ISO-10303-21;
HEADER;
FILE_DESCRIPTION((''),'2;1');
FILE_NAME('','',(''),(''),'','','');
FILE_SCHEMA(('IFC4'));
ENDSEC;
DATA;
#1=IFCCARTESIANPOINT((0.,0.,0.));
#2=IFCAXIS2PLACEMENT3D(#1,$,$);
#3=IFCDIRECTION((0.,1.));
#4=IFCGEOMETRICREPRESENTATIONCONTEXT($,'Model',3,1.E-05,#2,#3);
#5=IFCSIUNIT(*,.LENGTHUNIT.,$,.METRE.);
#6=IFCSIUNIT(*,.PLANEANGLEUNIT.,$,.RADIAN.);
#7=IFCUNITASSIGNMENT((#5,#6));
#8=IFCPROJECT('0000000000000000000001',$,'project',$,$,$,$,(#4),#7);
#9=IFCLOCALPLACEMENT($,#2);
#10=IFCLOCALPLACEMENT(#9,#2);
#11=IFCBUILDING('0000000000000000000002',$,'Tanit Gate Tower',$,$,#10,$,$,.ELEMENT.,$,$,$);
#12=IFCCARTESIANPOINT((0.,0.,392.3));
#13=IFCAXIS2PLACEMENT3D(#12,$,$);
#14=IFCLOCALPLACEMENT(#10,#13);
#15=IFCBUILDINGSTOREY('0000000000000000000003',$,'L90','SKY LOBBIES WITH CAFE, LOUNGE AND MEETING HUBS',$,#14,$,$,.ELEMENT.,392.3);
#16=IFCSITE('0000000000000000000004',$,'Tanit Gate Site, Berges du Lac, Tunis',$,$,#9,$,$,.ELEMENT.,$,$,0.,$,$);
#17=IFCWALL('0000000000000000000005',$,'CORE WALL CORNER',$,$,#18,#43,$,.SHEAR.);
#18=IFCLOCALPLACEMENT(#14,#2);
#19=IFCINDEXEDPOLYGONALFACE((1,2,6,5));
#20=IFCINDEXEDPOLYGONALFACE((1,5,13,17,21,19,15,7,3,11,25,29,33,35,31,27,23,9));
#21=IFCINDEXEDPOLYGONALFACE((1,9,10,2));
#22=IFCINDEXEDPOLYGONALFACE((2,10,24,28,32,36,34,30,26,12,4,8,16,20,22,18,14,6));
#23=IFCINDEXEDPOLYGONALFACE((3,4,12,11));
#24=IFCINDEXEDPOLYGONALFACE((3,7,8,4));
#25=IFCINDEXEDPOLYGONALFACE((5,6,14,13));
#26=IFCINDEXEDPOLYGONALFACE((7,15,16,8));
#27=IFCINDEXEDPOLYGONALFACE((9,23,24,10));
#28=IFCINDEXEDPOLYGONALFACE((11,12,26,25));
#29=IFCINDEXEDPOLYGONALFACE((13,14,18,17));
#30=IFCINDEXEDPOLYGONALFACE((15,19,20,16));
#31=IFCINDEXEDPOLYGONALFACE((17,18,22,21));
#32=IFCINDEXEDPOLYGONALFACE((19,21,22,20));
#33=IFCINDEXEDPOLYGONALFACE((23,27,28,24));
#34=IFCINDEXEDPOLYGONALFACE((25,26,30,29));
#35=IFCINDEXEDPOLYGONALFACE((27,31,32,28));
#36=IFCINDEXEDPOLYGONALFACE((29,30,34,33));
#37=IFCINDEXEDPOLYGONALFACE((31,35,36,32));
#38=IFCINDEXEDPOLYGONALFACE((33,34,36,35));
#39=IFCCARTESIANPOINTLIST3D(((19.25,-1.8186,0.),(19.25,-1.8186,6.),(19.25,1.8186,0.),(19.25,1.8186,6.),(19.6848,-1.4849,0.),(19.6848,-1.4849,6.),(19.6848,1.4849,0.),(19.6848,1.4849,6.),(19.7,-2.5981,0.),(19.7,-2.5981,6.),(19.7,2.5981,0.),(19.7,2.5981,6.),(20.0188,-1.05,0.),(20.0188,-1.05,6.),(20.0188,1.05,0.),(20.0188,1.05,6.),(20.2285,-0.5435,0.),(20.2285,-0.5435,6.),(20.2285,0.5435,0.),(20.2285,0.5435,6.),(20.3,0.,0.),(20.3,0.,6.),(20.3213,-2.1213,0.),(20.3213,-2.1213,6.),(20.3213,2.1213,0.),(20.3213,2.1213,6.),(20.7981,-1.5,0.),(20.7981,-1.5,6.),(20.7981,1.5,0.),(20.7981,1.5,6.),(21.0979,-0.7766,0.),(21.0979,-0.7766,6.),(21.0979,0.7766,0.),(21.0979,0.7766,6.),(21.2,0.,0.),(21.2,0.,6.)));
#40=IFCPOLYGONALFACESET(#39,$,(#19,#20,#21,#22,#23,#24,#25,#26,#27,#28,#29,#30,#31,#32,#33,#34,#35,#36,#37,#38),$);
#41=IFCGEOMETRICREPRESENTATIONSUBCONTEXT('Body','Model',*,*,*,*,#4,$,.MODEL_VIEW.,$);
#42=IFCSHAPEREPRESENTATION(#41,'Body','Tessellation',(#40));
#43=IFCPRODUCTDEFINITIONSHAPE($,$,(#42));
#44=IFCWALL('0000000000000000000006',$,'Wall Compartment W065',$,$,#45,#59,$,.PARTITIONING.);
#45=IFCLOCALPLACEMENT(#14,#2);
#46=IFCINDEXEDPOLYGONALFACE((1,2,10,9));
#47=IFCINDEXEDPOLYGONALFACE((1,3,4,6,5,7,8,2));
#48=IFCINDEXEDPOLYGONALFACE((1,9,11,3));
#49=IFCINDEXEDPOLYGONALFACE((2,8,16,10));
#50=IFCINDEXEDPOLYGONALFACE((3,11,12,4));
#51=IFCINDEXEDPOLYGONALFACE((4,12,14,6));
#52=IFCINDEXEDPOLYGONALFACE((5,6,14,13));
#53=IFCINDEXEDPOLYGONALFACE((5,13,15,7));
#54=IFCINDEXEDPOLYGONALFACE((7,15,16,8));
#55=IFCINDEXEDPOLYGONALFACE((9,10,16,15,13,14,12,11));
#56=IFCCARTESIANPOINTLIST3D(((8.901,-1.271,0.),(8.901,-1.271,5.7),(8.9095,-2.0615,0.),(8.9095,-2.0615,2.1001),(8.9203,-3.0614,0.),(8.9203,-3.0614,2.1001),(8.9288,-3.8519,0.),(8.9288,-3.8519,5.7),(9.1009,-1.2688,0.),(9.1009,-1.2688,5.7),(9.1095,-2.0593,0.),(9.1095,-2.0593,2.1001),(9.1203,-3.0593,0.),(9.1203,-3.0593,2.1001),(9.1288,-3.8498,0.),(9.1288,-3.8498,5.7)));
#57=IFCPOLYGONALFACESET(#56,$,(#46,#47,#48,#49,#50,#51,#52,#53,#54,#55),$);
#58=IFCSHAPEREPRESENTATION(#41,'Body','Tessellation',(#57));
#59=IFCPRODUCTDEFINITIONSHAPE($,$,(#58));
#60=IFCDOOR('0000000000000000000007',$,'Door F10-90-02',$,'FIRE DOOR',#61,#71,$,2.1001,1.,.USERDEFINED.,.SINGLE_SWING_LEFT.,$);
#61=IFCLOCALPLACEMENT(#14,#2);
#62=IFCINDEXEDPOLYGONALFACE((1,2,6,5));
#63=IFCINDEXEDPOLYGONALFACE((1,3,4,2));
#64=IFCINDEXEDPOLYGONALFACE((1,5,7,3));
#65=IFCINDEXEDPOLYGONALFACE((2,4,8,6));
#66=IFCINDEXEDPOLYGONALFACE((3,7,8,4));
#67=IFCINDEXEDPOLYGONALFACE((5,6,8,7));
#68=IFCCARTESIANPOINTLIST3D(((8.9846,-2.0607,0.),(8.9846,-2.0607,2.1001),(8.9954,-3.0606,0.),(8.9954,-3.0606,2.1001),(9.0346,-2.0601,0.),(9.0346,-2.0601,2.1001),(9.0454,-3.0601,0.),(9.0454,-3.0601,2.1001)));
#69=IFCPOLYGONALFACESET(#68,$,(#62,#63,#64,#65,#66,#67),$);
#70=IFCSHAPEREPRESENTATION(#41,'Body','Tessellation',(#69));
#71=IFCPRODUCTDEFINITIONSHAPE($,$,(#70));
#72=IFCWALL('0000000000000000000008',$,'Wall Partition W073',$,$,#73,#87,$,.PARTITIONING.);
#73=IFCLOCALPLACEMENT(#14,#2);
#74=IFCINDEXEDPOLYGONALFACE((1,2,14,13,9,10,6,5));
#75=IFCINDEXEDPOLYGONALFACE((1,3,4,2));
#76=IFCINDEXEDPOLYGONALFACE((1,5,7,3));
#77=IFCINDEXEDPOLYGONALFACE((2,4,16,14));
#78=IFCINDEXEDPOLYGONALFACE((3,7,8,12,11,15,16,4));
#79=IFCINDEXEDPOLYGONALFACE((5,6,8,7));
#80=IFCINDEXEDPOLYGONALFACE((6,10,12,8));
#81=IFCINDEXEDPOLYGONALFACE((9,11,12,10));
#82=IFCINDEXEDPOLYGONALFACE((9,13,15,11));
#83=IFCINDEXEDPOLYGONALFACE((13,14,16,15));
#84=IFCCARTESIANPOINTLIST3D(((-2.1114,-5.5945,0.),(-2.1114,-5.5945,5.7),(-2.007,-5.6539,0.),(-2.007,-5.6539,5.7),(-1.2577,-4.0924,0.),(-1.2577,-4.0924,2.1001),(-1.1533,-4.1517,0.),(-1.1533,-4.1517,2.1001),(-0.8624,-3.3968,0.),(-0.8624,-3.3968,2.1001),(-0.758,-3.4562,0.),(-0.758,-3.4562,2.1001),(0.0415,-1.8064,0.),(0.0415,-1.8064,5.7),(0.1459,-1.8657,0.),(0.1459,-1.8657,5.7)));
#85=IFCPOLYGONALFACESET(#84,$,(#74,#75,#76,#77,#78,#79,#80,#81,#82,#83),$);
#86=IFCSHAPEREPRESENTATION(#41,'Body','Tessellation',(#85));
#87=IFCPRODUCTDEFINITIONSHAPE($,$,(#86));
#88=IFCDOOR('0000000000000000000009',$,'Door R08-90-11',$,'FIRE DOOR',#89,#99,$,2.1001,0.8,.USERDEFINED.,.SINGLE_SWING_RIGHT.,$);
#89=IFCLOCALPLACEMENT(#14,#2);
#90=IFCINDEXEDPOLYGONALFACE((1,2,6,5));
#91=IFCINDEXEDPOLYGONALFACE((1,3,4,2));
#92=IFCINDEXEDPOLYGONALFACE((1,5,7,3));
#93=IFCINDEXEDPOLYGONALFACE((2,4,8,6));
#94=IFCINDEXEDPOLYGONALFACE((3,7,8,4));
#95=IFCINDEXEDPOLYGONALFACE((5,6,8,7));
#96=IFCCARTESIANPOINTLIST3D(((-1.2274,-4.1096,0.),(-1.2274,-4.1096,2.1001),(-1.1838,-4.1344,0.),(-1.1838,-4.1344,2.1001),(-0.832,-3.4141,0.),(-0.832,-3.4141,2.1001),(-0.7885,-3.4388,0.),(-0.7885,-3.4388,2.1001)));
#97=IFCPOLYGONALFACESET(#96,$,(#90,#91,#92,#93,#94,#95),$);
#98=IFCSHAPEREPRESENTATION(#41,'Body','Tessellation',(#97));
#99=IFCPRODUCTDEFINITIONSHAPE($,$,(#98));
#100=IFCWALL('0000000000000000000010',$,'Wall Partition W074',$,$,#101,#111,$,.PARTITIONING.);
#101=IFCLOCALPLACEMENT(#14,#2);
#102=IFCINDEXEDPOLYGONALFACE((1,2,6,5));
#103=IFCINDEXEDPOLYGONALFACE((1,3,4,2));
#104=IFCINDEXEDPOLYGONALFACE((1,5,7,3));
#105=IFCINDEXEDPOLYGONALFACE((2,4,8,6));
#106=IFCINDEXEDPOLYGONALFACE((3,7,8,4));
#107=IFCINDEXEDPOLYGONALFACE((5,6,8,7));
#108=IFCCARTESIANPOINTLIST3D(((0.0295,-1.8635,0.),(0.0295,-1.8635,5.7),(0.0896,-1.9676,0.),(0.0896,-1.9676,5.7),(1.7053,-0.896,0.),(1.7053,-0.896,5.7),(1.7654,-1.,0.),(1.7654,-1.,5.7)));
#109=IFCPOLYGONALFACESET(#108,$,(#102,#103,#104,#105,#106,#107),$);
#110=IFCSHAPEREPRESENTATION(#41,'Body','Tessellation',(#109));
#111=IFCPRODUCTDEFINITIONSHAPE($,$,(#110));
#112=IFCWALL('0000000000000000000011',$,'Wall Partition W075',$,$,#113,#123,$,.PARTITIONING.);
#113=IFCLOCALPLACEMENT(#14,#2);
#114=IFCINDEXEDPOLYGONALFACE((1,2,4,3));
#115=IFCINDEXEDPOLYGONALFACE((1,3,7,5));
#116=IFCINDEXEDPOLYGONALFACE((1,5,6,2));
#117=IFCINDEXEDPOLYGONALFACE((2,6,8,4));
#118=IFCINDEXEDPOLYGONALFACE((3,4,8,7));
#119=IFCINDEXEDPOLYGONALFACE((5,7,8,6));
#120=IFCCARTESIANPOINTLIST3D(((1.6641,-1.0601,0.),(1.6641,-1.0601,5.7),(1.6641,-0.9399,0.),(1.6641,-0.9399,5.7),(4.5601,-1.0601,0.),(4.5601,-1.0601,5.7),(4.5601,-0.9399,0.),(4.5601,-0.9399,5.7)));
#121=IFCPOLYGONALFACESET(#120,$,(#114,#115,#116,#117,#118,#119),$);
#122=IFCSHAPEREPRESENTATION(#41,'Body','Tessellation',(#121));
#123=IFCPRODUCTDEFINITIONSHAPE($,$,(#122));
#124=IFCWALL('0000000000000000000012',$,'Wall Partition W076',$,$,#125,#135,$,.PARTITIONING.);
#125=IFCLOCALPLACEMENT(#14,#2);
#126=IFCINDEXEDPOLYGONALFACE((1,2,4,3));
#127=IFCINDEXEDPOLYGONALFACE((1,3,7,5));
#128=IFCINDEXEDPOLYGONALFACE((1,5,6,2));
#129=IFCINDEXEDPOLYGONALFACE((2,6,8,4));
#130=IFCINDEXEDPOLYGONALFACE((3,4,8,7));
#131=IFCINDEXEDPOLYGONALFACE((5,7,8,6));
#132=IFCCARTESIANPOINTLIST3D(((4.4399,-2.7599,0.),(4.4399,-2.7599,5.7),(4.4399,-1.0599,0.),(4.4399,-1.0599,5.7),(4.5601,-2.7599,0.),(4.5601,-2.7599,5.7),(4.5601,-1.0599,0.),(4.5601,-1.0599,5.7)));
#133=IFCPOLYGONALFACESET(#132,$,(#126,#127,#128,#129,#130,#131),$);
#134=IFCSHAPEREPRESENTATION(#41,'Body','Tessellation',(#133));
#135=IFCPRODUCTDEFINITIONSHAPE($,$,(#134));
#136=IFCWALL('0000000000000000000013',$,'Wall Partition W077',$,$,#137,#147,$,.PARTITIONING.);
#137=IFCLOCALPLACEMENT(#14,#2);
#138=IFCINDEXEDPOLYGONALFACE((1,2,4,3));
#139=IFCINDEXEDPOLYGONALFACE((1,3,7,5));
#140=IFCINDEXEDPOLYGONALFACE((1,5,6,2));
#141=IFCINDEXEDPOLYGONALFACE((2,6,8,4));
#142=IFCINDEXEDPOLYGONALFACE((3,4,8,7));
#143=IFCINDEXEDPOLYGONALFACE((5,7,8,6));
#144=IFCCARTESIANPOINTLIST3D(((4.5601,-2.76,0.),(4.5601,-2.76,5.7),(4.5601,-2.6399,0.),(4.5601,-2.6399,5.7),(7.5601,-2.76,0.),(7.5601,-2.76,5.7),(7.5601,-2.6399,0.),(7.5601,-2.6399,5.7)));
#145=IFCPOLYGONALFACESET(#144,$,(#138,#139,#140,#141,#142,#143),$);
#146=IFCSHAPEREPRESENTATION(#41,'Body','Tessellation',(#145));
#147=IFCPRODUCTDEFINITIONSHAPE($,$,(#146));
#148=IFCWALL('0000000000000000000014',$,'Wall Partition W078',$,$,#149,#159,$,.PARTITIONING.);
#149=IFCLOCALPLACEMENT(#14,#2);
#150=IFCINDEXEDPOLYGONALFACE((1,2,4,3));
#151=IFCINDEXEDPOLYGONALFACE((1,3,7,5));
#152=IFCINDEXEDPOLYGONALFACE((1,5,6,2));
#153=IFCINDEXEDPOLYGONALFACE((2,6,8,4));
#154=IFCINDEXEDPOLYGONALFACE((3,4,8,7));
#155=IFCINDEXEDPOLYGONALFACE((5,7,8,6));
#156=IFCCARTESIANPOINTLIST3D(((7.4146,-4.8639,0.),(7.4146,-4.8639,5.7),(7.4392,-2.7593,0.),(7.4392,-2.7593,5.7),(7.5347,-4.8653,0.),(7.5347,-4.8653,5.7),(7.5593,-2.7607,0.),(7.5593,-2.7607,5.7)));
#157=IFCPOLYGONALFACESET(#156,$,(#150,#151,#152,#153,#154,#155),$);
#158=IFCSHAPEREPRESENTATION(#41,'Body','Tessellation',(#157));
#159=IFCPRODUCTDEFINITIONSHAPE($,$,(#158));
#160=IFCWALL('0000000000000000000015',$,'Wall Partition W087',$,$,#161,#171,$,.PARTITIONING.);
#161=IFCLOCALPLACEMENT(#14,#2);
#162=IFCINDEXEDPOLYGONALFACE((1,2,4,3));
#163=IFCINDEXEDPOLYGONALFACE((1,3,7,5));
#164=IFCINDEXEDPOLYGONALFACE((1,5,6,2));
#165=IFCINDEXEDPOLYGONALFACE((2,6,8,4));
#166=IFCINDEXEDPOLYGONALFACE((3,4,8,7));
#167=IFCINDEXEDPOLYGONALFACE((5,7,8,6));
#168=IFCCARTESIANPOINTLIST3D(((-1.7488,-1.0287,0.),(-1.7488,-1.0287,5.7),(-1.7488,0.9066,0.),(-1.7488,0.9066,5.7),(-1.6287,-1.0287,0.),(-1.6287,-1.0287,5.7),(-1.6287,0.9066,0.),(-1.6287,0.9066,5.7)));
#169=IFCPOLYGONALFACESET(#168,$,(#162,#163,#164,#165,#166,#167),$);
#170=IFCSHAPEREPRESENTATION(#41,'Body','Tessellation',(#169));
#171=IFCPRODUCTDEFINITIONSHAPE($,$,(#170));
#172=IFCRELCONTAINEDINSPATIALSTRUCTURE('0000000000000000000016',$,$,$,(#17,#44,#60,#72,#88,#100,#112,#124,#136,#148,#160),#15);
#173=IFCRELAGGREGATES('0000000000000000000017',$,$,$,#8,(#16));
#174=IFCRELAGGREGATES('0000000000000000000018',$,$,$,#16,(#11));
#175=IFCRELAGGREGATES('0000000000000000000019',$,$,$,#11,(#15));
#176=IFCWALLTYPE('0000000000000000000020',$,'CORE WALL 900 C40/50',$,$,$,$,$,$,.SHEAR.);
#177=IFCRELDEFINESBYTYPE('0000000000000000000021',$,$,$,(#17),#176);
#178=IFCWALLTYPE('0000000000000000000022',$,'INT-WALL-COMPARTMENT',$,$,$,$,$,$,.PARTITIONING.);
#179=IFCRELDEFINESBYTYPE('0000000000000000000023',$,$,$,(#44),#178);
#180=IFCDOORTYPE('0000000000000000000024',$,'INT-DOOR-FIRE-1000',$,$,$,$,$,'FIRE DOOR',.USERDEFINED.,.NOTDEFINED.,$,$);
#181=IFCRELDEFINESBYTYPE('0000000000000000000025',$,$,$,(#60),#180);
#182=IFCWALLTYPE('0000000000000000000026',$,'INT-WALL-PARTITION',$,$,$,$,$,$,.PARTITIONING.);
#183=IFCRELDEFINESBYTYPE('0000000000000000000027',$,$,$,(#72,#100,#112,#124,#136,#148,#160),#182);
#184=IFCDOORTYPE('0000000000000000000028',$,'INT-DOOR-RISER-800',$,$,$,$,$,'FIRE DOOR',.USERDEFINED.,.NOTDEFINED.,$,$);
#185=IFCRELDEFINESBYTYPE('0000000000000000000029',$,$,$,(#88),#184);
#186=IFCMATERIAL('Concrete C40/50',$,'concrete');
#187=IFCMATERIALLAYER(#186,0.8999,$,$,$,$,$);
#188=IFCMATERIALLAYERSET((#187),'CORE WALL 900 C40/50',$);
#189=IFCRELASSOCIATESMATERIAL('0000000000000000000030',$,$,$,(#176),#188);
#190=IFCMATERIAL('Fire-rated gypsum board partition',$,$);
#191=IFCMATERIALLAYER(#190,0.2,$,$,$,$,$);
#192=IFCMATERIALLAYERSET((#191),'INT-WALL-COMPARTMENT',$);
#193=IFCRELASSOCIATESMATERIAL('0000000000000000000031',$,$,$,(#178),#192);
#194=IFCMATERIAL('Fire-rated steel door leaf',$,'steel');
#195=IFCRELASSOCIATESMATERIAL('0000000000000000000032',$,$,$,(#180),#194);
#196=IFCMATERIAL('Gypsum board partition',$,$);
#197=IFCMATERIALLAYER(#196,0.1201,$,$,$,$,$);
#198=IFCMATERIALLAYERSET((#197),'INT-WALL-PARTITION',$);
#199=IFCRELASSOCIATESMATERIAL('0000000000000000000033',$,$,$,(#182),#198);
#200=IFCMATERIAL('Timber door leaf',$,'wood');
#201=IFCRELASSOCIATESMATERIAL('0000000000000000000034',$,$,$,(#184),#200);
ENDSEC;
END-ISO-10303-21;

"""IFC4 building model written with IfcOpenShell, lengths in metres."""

from ifc_helpers import new_model, si_unit, direction, frame, frame_2d, origin, place, context, subcontext, project, spatial, polyline, rectangle, outline, extrude, material, layer, layer_set, type_object, element, fill, save


model = new_model("IFC4")

# Units and contexts
model_context = context("Model", 3, precision=1e-05, world=origin(), true_north=direction((0.0, 1.0)))
body_context = subcontext(model_context, "Body", "Model", "MODEL_VIEW")
ifc_project = project(units=[si_unit("LENGTHUNIT", "METRE"), si_unit("PLANEANGLEUNIT", "RADIAN")], contexts=[model_context])

# Site, building, storey
site_placement = place(None, origin())
site = spatial("IfcSite", under=ifc_project, at=site_placement, Name="Tanit Gate Site, Berges du Lac, Tunis", CompositionType="ELEMENT", RefElevation=0.0)
building_placement = place(site_placement, origin())
building = spatial("IfcBuilding", under=site, at=building_placement, Name="Tanit Gate Tower", CompositionType="ELEMENT")
storey_placement = place(building_placement, frame((0.0, 0.0, 392.3)))
storey = spatial("IfcBuildingStorey", under=building, at=storey_placement, Name="L90", Description="SKY LOBBIES WITH CAFE, LOUNGE AND MEETING HUBS", CompositionType="ELEMENT", Elevation=392.3)

# Wall
ifc_material_1 = material(Name="Concrete C40/50", Category="concrete")
ifc_layer_1 = layer(ifc_material_1, 0.8999)
ifc_layer_set_1 = layer_set([ifc_layer_1], Name="CORE WALL 900 C40/50")
wall_type_1 = type_object("IfcWallType", Name="CORE WALL 900 C40/50", PredefinedType="SHEAR", material=ifc_layer_set_1)
wall_1_placement = place(storey_placement, origin())
element("IfcWall", 1, at=wall_1_placement, inside=storey, type_object=wall_type_1, Name="CORE WALL CORNER", PredefinedType="SHEAR", context=body_context, shape_type="SweptSolid", body=[
    extrude(outline(polyline([(19.7, -2.5981), (20.3213, -2.1213), (20.7981, -1.5), (21.0979, -0.7766), (21.2, 0.0), (21.0979, 0.7766), (20.7981, 1.5), (20.3213, 2.1213), (19.7, 2.5981), (19.25, 1.8186), (19.6848, 1.4849), (20.0188, 1.05), (20.2285, 0.5435), (20.3, 0.0), (20.2285, -0.5435), (20.0188, -1.05), (19.6848, -1.4849), (19.25, -1.8186), (19.7, -2.5981)])), origin(), (0.0, 0.0, 1.0), 6.0),
])

# Walls, openings, doors
ifc_material_2 = material(Name="Fire-rated gypsum board partition")
ifc_layer_2 = layer(ifc_material_2, 0.2)
ifc_layer_set_2 = layer_set([ifc_layer_2], Name="INT-WALL-COMPARTMENT")
wall_type_2 = type_object("IfcWallType", Name="INT-WALL-COMPARTMENT", PredefinedType="PARTITIONING", material=ifc_layer_set_2)
wall_2_placement = place(storey_placement, frame((9.0288, -3.8508, 0.0), z_axis=(0.0, 0.0, 1.0), x_axis=(-0.010784, 0.999942, 0.0)))
wall_2 = element("IfcWall", 2, at=wall_2_placement, inside=storey, type_object=wall_type_2, Name="Wall Compartment W065", PredefinedType="PARTITIONING", context=body_context, shape_type="SweptSolid", body=[
    extrude(rectangle(XDim=2.5811, YDim=0.2, at=frame_2d((1.2905, 0.0))), origin(), (0.0, 0.0, 1.0), 5.7),
])
opening_1_placement = place(wall_2_placement, frame((0.7905, 0.0, 0.0)))
opening_1 = element("IfcOpeningElement", 3, at=opening_1_placement, cuts=wall_2, PredefinedType="OPENING", context=body_context, shape_type="SweptSolid", body=[
    extrude(rectangle(XDim=1.0, YDim=2.1001, at=frame_2d((0.5, 1.05))), frame((0.0, 0.1099, 0.0), z_axis=(0.0, -1.0, 0.0), x_axis=(1.0, 0.0, 0.0)), (0.0, 0.0, 1.0), 0.22),
])
ifc_material_3 = material(Name="Fire-rated steel door leaf", Category="steel")
door_type_1 = type_object("IfcDoorType", Name="INT-DOOR-FIRE-1000", ElementType="FIRE DOOR", OperationType="NOTDEFINED", PredefinedType="USERDEFINED", material=ifc_material_3)
door_1_placement = place(opening_1_placement, origin())
door_1 = element("IfcDoor", 4, at=door_1_placement, inside=storey, type_object=door_type_1, Name="Door F10-90-02", ObjectType="FIRE DOOR", OperationType="SINGLE_SWING_LEFT", OverallHeight=2.1001, OverallWidth=1.0, PredefinedType="USERDEFINED", context=body_context, shape_type="SweptSolid", body=[
    extrude(rectangle(XDim=1.0, YDim=2.1001, at=frame_2d((0.5, 1.05))), frame((0.0, 0.0249, 0.0), z_axis=(0.0, -1.0, 0.0), x_axis=(1.0, 0.0, 0.0)), (0.0, 0.0, 1.0), 0.05),
])
fill(opening_1, door_1)
ifc_material_4 = material(Name="Gypsum board partition")
ifc_layer_3 = layer(ifc_material_4, 0.1201)
ifc_layer_set_3 = layer_set([ifc_layer_3], Name="INT-WALL-PARTITION")
wall_type_3 = type_object("IfcWallType", Name="INT-WALL-PARTITION", PredefinedType="PARTITIONING", material=ifc_layer_set_3)
wall_3_placement = place(storey_placement, frame((0.0938, -1.8359, 0.0), z_axis=(0.0, 0.0, 1.0), x_axis=(-0.494098, -0.869406, 0.0)))
wall_3 = element("IfcWall", 5, at=wall_3_placement, inside=storey, type_object=wall_type_3, Name="Wall Partition W073", PredefinedType="PARTITIONING", context=body_context, shape_type="SweptSolid", body=[
    extrude(rectangle(XDim=4.3572, YDim=0.1201, at=frame_2d((2.1787, 0.0))), origin(), (0.0, 0.0, 1.0), 5.7),
])
opening_2_placement = place(wall_3_placement, frame((1.8296, 0.0, 0.0)))
opening_2 = element("IfcOpeningElement", 6, at=opening_2_placement, cuts=wall_3, PredefinedType="OPENING", context=body_context, shape_type="SweptSolid", body=[
    extrude(rectangle(XDim=0.8, YDim=2.1001, at=frame_2d((0.3999, 1.05))), frame((0.0, 0.0701, 0.0), z_axis=(0.0, -1.0, 0.0), x_axis=(1.0, 0.0, 0.0)), (0.0, 0.0, 1.0), 0.1401),
])
ifc_material_5 = material(Name="Timber door leaf", Category="wood")
door_type_2 = type_object("IfcDoorType", Name="INT-DOOR-RISER-800", ElementType="FIRE DOOR", OperationType="NOTDEFINED", PredefinedType="USERDEFINED", material=ifc_material_5)
door_2_placement = place(opening_2_placement, origin())
door_2 = element("IfcDoor", 7, at=door_2_placement, inside=storey, type_object=door_type_2, Name="Door R08-90-11", ObjectType="FIRE DOOR", OperationType="SINGLE_SWING_RIGHT", OverallHeight=2.1001, OverallWidth=0.8, PredefinedType="USERDEFINED", context=body_context, shape_type="SweptSolid", body=[
    extrude(rectangle(XDim=0.8, YDim=2.1001, at=frame_2d((0.3999, 1.05))), frame((0.0, 0.0249, 0.0), z_axis=(0.0, -1.0, 0.0), x_axis=(1.0, 0.0, 0.0)), (0.0, 0.0, 1.0), 0.05),
])
fill(opening_2, door_2)

# Walls
wall_4_placement = place(storey_placement, frame((1.7354, -0.948, 0.0), z_axis=(0.0, 0.0, 1.0), x_axis=(-0.866022, -0.500006, 0.0)))
element("IfcWall", 8, at=wall_4_placement, inside=storey, type_object=wall_type_3, Name="Wall Partition W074", PredefinedType="PARTITIONING", context=body_context, shape_type="SweptSolid", body=[
    extrude(rectangle(XDim=1.9351, YDim=0.1201, at=frame_2d((0.9675, 0.0))), origin(), (0.0, 0.0, 1.0), 5.7),
])
wall_5_placement = place(storey_placement, frame((4.5601, -1.0, 0.0), z_axis=(0.0, 0.0, 1.0), x_axis=(-1.0, 0.0, 0.0)))
element("IfcWall", 9, at=wall_5_placement, inside=storey, type_object=wall_type_3, Name="Wall Partition W075", PredefinedType="PARTITIONING", context=body_context, shape_type="SweptSolid", body=[
    extrude(rectangle(XDim=2.896, YDim=0.1201, at=frame_2d((1.448, 0.0))), origin(), (0.0, 0.0, 1.0), 5.7),
])
wall_6_placement = place(storey_placement, frame((4.5, -2.76, 0.0), z_axis=(0.0, 0.0, 1.0), x_axis=(0.0, 1.0, 0.0)))
element("IfcWall", 10, at=wall_6_placement, inside=storey, type_object=wall_type_3, Name="Wall Partition W076", PredefinedType="PARTITIONING", context=body_context, shape_type="SweptSolid", body=[
    extrude(rectangle(XDim=1.7, YDim=0.1201, at=frame_2d((0.8501, 0.0))), origin(), (0.0, 0.0, 1.0), 5.7),
])
wall_7_placement = place(storey_placement, frame((7.5601, -2.7, 0.0), z_axis=(0.0, 0.0, 1.0), x_axis=(-1.0, 0.0, 0.0)))
element("IfcWall", 11, at=wall_7_placement, inside=storey, type_object=wall_type_3, Name="Wall Partition W077", PredefinedType="PARTITIONING", context=body_context, shape_type="SweptSolid", body=[
    extrude(rectangle(XDim=3.0, YDim=0.1201, at=frame_2d((1.5, 0.0))), origin(), (0.0, 0.0, 1.0), 5.7),
])
wall_8_placement = place(storey_placement, frame((7.4746, -4.8645, 0.0), z_axis=(0.0, 0.0, 1.0), x_axis=(0.011716, 0.999931, 0.0)))
element("IfcWall", 12, at=wall_8_placement, inside=storey, type_object=wall_type_3, Name="Wall Partition W078", PredefinedType="PARTITIONING", context=body_context, shape_type="SweptSolid", body=[
    extrude(rectangle(XDim=2.1047, YDim=0.1201, at=frame_2d((1.0522, 0.0))), origin(), (0.0, 0.0, 1.0), 5.7),
])
wall_9_placement = place(storey_placement, frame((-1.6887, -1.0288, 0.0), z_axis=(0.0, 0.0, 1.0), x_axis=(0.0, 1.0, 0.0)))
element("IfcWall", 13, at=wall_9_placement, inside=storey, type_object=wall_type_3, Name="Wall Partition W087", PredefinedType="PARTITIONING", context=body_context, shape_type="SweptSolid", body=[
    extrude(rectangle(XDim=1.9353, YDim=0.1201, at=frame_2d((0.9678, 0.0))), origin(), (0.0, 0.0, 1.0), 5.7),
])

save(model, "model.ifc")
